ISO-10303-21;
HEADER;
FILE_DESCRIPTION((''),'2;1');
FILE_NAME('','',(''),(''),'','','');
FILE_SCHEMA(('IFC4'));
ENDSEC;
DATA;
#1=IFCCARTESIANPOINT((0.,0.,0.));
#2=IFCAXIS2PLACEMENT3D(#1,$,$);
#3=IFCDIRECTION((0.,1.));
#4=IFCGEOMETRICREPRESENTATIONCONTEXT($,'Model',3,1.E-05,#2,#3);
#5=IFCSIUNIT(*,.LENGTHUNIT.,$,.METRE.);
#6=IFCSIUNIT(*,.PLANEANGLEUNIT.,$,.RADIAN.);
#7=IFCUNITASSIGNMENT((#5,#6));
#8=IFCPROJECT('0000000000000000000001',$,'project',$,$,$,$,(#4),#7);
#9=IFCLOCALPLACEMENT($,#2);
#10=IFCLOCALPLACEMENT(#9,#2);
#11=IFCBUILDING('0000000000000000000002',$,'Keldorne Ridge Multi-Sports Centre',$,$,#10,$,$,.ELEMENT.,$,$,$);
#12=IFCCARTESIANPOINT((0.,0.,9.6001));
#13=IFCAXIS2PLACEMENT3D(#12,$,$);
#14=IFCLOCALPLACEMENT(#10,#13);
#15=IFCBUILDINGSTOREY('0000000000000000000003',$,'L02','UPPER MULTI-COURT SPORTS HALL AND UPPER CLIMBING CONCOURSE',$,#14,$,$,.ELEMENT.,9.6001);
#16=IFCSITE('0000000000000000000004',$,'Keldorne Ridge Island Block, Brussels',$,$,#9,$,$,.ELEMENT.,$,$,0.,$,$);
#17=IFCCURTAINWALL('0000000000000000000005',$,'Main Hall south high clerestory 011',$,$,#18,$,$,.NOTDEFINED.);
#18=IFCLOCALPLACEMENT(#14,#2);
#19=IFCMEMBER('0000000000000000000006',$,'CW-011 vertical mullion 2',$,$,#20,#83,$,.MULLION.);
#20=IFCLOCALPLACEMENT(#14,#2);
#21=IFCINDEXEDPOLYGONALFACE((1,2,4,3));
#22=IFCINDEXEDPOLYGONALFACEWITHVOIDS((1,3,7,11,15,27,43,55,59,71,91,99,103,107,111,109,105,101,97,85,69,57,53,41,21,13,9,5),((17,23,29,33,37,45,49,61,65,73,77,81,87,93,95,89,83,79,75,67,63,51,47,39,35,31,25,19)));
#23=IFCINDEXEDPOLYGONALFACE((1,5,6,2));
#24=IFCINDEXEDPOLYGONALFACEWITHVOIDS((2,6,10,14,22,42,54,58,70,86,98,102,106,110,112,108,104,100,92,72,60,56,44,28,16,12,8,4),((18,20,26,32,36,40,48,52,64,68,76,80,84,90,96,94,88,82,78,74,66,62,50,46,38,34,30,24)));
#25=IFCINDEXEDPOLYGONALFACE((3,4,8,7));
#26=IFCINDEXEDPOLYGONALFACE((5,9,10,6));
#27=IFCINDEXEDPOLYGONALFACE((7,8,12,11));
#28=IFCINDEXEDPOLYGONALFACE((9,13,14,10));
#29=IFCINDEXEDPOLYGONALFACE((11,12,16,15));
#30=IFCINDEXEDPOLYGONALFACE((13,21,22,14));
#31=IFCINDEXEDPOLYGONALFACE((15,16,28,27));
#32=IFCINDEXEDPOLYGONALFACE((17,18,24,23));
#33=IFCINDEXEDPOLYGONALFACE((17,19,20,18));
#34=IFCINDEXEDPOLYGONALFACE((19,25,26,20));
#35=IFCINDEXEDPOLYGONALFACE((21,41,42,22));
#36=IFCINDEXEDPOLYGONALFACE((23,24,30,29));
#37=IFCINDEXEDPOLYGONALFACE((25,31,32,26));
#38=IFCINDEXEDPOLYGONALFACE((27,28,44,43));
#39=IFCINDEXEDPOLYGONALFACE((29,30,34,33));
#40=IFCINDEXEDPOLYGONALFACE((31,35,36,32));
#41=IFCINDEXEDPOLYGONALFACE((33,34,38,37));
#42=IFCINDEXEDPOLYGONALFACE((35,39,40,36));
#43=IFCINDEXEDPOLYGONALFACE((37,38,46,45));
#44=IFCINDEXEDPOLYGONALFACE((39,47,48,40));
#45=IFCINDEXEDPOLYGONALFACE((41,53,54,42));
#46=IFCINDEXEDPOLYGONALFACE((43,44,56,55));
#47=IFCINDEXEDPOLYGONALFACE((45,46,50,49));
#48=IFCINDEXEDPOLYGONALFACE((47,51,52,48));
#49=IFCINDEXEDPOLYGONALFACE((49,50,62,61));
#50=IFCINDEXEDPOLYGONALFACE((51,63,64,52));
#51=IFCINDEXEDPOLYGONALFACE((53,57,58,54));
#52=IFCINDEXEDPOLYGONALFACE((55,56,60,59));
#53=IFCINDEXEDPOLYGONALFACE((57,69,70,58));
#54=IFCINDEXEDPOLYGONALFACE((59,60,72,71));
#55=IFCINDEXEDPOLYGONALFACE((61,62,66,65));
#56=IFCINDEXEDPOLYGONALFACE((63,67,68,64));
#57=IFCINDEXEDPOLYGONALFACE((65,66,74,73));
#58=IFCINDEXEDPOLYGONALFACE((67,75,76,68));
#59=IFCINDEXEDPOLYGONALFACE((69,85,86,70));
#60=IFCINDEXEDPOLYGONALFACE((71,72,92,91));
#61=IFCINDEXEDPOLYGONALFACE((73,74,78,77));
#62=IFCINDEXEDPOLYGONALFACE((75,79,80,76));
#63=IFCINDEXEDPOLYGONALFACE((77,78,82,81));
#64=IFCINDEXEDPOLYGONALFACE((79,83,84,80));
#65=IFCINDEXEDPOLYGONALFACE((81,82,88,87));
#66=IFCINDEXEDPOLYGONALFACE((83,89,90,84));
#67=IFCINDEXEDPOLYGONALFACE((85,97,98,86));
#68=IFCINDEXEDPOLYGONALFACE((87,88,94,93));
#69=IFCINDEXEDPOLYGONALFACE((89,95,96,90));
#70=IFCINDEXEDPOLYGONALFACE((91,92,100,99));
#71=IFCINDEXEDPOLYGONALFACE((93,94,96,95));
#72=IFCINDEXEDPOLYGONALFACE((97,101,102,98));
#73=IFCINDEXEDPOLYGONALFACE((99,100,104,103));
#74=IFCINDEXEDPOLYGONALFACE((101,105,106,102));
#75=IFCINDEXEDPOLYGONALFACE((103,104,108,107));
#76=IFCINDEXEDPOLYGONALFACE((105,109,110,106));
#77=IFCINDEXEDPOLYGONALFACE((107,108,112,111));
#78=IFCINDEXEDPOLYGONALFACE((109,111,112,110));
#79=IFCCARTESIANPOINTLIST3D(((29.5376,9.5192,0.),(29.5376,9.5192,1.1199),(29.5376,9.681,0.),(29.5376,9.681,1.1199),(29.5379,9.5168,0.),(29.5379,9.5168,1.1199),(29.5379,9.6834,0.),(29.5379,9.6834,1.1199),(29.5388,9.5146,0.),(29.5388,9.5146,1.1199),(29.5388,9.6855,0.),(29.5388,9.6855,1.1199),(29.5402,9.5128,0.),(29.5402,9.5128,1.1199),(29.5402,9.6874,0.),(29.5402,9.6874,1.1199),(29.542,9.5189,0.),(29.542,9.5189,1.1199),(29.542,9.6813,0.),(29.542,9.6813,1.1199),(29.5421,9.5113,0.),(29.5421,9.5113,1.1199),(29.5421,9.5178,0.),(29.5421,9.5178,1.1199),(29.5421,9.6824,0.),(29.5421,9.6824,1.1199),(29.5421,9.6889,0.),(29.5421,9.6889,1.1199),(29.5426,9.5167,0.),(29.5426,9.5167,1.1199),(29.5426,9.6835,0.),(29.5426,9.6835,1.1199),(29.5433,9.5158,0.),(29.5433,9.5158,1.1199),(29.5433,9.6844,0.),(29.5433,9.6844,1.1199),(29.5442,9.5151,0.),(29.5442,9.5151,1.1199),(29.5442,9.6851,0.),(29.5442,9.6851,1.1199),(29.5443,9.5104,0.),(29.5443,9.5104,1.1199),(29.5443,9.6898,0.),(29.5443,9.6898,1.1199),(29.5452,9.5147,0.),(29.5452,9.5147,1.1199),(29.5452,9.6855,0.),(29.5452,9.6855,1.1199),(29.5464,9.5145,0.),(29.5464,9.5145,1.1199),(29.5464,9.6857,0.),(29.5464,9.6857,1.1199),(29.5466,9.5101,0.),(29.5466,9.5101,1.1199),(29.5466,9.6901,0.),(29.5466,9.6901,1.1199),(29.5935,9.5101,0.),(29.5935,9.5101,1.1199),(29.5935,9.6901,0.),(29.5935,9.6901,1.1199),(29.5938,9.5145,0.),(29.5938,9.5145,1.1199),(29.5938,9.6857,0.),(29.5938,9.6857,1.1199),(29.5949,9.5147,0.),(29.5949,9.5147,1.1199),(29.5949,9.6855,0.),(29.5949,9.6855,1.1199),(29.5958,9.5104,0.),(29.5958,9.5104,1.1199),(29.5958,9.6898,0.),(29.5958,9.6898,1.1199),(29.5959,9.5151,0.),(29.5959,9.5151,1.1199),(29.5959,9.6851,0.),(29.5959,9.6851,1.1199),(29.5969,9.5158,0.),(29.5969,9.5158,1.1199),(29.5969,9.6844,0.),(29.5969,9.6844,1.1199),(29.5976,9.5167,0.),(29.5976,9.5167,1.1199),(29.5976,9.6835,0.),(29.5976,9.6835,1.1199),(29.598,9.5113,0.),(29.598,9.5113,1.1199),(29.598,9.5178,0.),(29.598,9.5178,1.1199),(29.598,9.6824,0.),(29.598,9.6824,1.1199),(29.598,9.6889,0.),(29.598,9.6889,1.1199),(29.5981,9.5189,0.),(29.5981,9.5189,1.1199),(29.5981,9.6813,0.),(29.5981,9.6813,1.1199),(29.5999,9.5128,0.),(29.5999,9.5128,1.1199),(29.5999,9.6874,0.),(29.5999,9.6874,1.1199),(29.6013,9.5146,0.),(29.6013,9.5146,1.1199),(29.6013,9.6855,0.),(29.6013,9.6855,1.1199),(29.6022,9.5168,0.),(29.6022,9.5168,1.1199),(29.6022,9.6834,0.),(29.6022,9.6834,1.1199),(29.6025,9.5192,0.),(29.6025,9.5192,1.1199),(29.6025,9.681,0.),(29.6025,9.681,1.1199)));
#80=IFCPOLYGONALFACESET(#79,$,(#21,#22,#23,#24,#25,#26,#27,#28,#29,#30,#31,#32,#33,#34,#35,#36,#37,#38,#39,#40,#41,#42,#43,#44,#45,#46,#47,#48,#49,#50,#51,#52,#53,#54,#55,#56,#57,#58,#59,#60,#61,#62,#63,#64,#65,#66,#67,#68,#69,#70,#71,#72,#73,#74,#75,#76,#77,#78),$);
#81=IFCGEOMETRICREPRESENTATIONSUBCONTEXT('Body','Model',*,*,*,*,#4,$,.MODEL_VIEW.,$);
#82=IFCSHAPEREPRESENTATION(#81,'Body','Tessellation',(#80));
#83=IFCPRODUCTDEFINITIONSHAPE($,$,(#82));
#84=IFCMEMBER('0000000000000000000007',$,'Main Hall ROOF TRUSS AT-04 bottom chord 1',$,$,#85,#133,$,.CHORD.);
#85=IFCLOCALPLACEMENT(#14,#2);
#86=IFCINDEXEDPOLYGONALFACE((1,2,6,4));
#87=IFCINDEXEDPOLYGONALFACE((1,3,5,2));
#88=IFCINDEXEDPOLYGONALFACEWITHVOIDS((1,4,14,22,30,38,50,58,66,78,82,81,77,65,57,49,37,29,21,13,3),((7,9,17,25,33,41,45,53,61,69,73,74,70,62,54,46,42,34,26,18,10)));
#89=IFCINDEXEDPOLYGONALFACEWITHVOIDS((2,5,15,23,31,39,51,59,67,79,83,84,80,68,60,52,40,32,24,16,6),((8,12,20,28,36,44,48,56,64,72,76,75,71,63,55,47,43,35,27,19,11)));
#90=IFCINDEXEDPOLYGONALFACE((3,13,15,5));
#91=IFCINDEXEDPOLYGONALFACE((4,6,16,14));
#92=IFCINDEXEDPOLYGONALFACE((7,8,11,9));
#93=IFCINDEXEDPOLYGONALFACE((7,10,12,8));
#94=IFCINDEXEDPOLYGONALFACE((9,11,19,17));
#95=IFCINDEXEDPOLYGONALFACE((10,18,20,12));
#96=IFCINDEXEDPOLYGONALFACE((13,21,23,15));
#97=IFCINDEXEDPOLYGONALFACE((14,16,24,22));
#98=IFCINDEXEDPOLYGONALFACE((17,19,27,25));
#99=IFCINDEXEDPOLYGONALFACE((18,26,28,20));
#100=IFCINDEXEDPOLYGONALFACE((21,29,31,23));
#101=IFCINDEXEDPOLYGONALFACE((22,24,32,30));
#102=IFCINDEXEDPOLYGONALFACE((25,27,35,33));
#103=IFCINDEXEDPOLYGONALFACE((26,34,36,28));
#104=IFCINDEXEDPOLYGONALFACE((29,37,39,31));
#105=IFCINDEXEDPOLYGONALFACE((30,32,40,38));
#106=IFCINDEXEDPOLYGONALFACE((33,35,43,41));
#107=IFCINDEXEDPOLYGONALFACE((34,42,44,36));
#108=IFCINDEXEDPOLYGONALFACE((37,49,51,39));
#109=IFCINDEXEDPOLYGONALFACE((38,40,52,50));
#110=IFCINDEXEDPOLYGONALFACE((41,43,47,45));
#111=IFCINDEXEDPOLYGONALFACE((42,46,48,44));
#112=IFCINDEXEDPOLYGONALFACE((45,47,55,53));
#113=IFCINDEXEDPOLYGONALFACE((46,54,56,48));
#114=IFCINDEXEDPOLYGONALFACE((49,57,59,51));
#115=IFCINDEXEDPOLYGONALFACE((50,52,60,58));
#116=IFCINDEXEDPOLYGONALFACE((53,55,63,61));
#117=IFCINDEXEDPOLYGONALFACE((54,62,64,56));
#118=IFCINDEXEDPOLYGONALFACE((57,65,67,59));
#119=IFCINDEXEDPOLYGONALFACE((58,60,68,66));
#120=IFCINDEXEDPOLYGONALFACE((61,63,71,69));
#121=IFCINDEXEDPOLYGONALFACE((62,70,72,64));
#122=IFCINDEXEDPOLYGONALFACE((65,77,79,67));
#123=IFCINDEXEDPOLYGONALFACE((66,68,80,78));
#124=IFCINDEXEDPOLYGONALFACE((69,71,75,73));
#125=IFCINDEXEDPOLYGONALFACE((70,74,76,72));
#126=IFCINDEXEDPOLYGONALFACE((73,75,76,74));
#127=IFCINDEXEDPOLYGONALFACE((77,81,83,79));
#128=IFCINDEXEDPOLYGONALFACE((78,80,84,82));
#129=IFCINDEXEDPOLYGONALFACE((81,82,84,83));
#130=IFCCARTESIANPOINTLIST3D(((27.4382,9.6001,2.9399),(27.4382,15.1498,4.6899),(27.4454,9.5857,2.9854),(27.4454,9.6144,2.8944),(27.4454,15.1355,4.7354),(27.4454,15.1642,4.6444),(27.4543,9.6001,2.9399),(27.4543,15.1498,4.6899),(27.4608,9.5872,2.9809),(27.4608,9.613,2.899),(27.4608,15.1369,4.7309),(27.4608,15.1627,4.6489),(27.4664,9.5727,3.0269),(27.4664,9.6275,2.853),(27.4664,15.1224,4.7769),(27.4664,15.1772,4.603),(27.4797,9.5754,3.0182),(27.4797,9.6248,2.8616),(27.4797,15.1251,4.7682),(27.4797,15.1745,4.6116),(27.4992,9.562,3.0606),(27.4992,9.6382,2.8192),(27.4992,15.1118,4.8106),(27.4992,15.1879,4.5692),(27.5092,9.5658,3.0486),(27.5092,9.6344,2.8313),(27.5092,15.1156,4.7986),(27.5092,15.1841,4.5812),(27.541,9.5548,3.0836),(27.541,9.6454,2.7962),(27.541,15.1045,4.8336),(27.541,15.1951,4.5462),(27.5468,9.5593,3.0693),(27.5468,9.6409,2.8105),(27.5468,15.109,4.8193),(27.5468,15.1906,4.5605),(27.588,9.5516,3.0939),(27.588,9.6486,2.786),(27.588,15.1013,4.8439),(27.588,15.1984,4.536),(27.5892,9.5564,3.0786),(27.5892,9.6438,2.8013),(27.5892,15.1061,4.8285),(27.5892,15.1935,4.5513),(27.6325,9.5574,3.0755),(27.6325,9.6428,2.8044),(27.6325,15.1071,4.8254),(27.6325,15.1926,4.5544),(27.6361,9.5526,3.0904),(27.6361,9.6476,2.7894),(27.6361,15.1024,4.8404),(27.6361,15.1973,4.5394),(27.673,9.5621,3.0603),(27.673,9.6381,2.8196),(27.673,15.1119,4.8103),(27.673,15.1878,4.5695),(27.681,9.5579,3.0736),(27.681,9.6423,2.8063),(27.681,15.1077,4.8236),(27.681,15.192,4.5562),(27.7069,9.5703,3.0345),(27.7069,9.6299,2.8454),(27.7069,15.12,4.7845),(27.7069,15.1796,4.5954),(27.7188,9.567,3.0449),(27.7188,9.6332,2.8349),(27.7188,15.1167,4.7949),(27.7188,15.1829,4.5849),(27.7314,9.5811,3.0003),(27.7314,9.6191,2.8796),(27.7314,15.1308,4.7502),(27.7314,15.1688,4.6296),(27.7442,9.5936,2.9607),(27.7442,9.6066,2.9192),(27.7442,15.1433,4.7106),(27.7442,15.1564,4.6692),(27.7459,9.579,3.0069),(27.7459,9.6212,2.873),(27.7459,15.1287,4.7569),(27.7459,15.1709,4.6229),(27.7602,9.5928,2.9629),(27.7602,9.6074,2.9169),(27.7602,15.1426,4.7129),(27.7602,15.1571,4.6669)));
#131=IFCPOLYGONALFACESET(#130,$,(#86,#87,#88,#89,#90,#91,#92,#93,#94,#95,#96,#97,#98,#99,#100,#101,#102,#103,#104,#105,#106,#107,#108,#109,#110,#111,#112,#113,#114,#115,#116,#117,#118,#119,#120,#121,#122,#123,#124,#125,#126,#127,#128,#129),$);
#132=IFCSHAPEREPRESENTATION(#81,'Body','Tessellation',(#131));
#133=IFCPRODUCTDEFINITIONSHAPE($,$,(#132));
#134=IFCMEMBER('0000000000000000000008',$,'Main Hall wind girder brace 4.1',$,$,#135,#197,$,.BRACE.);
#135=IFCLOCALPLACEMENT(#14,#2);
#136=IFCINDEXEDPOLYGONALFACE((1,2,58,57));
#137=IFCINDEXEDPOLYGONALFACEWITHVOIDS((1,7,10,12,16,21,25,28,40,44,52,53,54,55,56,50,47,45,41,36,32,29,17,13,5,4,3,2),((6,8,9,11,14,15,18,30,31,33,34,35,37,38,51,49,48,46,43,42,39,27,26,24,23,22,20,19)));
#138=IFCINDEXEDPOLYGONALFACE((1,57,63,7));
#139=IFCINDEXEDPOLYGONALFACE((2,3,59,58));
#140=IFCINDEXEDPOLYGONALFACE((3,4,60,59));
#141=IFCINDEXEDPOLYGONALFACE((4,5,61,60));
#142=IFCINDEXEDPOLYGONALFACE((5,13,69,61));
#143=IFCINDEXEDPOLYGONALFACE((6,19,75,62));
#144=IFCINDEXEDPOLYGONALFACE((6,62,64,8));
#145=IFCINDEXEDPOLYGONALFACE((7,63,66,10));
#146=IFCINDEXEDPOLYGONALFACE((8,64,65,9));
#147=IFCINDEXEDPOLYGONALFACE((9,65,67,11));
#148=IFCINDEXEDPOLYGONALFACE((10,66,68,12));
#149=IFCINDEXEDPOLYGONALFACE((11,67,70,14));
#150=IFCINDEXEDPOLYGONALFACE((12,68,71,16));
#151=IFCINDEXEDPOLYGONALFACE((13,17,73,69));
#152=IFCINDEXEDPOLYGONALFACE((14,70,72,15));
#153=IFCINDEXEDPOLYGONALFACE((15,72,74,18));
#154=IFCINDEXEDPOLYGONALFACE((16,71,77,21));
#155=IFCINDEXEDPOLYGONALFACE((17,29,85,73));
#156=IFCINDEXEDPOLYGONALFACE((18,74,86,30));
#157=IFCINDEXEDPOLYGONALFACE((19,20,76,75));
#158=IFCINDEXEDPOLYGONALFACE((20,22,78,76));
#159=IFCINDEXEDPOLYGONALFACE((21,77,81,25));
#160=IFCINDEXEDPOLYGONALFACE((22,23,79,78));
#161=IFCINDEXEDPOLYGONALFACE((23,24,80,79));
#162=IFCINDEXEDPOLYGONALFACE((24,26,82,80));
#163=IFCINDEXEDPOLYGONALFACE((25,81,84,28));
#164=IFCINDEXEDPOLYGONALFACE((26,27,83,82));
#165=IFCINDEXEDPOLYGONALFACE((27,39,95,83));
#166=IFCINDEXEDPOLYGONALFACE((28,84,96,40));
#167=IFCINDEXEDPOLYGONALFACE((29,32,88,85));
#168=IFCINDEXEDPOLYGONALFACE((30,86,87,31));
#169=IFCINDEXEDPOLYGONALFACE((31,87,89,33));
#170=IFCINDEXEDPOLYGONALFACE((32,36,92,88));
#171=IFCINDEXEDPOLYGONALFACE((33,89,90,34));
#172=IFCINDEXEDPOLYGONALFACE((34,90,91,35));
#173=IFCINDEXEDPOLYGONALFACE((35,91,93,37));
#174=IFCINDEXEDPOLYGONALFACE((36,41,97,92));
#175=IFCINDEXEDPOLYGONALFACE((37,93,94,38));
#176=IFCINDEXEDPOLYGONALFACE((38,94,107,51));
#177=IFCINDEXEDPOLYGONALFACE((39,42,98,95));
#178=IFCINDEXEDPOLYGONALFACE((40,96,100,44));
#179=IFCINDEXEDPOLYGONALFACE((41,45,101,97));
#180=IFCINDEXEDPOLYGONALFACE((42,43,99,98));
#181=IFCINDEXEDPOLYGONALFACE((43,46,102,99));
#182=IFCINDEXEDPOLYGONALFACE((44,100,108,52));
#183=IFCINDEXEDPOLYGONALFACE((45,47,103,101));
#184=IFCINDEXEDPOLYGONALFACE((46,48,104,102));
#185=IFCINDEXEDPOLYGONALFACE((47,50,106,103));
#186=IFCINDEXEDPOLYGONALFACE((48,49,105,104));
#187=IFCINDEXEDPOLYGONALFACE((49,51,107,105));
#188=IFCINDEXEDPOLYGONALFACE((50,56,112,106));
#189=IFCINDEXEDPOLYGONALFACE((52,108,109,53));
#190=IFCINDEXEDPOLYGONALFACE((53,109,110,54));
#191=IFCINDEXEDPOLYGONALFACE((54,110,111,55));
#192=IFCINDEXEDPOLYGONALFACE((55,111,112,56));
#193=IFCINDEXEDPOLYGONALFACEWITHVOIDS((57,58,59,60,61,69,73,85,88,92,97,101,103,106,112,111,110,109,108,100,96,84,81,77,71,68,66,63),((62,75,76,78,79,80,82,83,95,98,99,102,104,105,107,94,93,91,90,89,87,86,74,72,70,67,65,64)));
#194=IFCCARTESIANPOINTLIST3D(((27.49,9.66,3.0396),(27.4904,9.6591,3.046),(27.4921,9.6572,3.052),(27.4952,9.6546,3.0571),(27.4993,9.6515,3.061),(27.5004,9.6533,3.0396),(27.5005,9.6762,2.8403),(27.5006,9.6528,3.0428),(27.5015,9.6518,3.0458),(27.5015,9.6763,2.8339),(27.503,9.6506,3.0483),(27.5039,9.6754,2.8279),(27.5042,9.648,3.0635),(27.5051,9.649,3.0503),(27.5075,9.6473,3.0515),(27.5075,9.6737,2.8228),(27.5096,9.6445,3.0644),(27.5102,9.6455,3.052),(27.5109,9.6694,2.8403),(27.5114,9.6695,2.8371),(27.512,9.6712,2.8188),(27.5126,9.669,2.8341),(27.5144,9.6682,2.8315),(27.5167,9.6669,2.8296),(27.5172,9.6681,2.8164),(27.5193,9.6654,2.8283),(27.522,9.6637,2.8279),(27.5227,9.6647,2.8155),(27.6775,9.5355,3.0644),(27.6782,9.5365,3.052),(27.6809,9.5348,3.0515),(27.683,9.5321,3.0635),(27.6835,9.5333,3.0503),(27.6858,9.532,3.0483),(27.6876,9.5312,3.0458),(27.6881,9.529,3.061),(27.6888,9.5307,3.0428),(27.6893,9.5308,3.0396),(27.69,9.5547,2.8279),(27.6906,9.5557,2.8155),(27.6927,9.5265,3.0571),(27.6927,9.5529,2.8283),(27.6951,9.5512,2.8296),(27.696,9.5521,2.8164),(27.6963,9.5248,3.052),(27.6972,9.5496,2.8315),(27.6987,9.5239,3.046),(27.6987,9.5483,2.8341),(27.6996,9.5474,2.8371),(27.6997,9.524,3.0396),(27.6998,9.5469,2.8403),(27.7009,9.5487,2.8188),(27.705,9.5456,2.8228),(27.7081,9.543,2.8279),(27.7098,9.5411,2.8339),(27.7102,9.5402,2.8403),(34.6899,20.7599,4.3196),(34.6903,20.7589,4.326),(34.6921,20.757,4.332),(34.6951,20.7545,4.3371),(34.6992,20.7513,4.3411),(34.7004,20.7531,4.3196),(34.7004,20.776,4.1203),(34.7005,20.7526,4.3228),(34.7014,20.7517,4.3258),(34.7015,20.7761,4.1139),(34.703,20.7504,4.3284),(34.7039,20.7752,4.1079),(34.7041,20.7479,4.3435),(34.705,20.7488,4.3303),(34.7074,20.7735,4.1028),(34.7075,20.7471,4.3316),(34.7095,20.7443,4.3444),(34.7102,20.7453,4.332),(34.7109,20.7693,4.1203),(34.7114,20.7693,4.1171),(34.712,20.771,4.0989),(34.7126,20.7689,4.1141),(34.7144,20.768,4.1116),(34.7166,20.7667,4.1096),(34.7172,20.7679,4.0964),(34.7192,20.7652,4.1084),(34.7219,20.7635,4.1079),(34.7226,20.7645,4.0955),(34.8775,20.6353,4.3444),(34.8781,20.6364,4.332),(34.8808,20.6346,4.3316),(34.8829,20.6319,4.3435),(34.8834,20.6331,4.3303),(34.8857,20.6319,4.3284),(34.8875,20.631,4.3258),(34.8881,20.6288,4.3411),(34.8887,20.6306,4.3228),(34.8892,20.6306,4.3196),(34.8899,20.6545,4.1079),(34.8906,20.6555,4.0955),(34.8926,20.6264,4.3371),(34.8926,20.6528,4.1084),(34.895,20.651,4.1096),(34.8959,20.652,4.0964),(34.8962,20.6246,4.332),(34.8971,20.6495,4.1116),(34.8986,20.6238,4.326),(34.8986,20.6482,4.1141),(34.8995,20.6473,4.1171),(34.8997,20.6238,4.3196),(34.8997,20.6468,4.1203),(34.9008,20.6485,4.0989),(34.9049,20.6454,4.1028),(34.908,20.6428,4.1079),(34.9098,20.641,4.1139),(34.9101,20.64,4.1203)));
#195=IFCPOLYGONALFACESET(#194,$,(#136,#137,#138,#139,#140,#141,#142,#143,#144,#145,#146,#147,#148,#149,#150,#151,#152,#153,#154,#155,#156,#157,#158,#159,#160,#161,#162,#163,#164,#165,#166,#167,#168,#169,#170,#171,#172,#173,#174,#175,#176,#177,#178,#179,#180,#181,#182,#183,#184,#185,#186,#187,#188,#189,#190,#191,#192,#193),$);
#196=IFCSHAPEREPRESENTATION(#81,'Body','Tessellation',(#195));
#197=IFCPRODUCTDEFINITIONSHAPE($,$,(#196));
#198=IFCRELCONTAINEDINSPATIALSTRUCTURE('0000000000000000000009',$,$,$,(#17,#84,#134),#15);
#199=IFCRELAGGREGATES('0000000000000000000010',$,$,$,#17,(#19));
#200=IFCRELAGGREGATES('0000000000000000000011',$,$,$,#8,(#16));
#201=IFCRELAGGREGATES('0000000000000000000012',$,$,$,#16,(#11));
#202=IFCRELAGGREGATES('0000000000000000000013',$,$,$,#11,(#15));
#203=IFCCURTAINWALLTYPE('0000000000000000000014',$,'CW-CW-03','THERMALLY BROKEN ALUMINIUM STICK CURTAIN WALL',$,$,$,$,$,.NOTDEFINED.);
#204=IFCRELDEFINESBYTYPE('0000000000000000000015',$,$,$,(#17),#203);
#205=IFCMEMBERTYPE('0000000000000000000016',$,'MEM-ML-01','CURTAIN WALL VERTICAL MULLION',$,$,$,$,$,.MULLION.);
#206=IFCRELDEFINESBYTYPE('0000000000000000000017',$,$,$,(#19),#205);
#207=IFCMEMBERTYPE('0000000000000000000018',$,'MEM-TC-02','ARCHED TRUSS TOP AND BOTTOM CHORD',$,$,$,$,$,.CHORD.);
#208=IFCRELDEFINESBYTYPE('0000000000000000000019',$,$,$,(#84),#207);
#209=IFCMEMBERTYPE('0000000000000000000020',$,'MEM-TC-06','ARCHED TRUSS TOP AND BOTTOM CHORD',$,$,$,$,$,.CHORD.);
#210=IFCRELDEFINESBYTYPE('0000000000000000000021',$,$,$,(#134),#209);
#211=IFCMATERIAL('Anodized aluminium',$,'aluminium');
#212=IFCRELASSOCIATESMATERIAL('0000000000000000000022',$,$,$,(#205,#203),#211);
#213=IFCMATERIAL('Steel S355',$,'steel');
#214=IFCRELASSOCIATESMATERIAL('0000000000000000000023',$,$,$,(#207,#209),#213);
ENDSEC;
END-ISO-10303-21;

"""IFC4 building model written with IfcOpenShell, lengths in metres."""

from ifc_helpers import new_model, si_unit, direction, frame, origin, origin_2d, place, context, subcontext, project, spatial, hollow_rectangle, hollow_circle, extrude, material, material_profile, profile_set, type_object, element, aggregate, save


model = new_model("IFC4")

# Units and contexts
model_context = context("Model", 3, precision=1e-05, world=origin(), true_north=direction((0.0, 1.0)))
body_context = subcontext(model_context, "Body", "Model", "MODEL_VIEW")
ifc_project = project(units=[si_unit("LENGTHUNIT", "METRE"), si_unit("PLANEANGLEUNIT", "RADIAN")], contexts=[model_context])

# Site, building, storey
site_placement = place(None, origin())
site = spatial("IfcSite", under=ifc_project, at=site_placement, Name="Keldorne Ridge Island Block, Brussels", CompositionType="ELEMENT", RefElevation=0.0)
building_placement = place(site_placement, origin())
building = spatial("IfcBuilding", under=site, at=building_placement, Name="Keldorne Ridge Multi-Sports Centre", CompositionType="ELEMENT")
storey_placement = place(building_placement, frame((0.0, 0.0, 9.6001)))
storey = spatial("IfcBuildingStorey", under=building, at=storey_placement, Name="L02", Description="UPPER MULTI-COURT SPORTS HALL AND UPPER CLIMBING CONCOURSE", CompositionType="ELEMENT", Elevation=9.6001)

# Shared definitions
ifc_material_1 = material(Name="Steel S355", Category="steel")

# Curtain wall, member
ifc_material_2 = material(Name="Anodized aluminium", Category="aluminium")
ifc_material_profile_1 = material_profile(ifc_material_2, hollow_rectangle(XDim=0.0649, YDim=0.1799, WallThickness=0.0044, InnerFilletRadius=0.0044, OuterFilletRadius=0.009, at=origin_2d()), Name="ALU MULLION 180x65x4.5")
ifc_profile_set_1 = profile_set([ifc_material_profile_1], Name="Anodized aluminium")
member_type_1 = type_object("IfcMemberType", Name="MEM-ML-01", Description="CURTAIN WALL VERTICAL MULLION", PredefinedType="MULLION", material=ifc_profile_set_1)
curtain_wall_type_1 = type_object("IfcCurtainWallType", Name="CW-CW-03", Description="THERMALLY BROKEN ALUMINIUM STICK CURTAIN WALL", PredefinedType="NOTDEFINED", material=ifc_material_2)
curtain_wall_1_placement = place(storey_placement, origin())
curtain_wall_1 = element("IfcCurtainWall", 1, at=curtain_wall_1_placement, inside=storey, type_object=curtain_wall_type_1, Name="Main Hall south high clerestory 011", PredefinedType="NOTDEFINED")
member_1_placement = place(storey_placement, frame((29.5701, 9.6001, 0.0), z_axis=(0.0, 0.0, 1.0), x_axis=(1.0, 0.0, 0.0)))
member_1 = element("IfcMember", 2, at=member_1_placement, type_object=member_type_1, Name="CW-011 vertical mullion 2", PredefinedType="MULLION", context=body_context, shape_type="SweptSolid", body=[
    extrude(hollow_rectangle(XDim=0.0649, YDim=0.1799, WallThickness=0.0044, InnerFilletRadius=0.0044, OuterFilletRadius=0.009, at=origin_2d()), origin(), (0.0, 0.0, 1.0), 1.1199),
])

# Members
ifc_material_profile_2 = material_profile(ifc_material_1, hollow_circle(Radius=0.1619, WallThickness=0.0161, at=origin_2d()), Name="CHS 323.9x16")
ifc_profile_set_2 = profile_set([ifc_material_profile_2], Name="Steel S355")
member_type_2 = type_object("IfcMemberType", Name="MEM-TC-02", Description="ARCHED TRUSS TOP AND BOTTOM CHORD", PredefinedType="CHORD", material=ifc_profile_set_2)
member_2_placement = place(storey_placement, frame((27.6001, 9.6001, 2.9399), z_axis=(0.0, 0.953709, 0.30073), x_axis=(-1.0, 0.0, 0.0)))
element("IfcMember", 3, at=member_2_placement, inside=storey, type_object=member_type_2, Name="Main Hall ROOF TRUSS AT-04 bottom chord 1", PredefinedType="CHORD", context=body_context, shape_type="SweptSolid", body=[
    extrude(hollow_circle(Radius=0.1619, WallThickness=0.0161, at=origin_2d()), origin(), (0.0, 0.0, 1.0), 5.8191),
])
ifc_material_profile_3 = material_profile(ifc_material_1, hollow_rectangle(XDim=0.25, YDim=0.25, WallThickness=0.0125, InnerFilletRadius=0.0125, OuterFilletRadius=0.0249, at=origin_2d()), Name="RHS 250x250x12.5")
ifc_profile_set_3 = profile_set([ifc_material_profile_3], Name="Steel S355")
member_type_3 = type_object("IfcMemberType", Name="MEM-TC-06", Description="ARCHED TRUSS TOP AND BOTTOM CHORD", PredefinedType="CHORD", material=ifc_profile_set_3)
member_3_placement = place(storey_placement, frame((27.6001, 9.6001, 2.9399), z_axis=(0.541664, 0.835061, 0.096299), x_axis=(-0.83896, 0.544194, 0.0)))
element("IfcMember", 4, at=member_3_placement, inside=storey, type_object=member_type_3, Name="Main Hall wind girder brace 4.1", PredefinedType="BRACE", context=body_context, shape_type="SweptSolid", body=[
    extrude(hollow_rectangle(XDim=0.25, YDim=0.25, WallThickness=0.0125, InnerFilletRadius=0.0125, OuterFilletRadius=0.0249, at=origin_2d()), origin(), (0.0, 0.0, 1.0), 13.2922),
])

aggregate(curtain_wall_1, [member_1])

save(model, "model.ifc")
